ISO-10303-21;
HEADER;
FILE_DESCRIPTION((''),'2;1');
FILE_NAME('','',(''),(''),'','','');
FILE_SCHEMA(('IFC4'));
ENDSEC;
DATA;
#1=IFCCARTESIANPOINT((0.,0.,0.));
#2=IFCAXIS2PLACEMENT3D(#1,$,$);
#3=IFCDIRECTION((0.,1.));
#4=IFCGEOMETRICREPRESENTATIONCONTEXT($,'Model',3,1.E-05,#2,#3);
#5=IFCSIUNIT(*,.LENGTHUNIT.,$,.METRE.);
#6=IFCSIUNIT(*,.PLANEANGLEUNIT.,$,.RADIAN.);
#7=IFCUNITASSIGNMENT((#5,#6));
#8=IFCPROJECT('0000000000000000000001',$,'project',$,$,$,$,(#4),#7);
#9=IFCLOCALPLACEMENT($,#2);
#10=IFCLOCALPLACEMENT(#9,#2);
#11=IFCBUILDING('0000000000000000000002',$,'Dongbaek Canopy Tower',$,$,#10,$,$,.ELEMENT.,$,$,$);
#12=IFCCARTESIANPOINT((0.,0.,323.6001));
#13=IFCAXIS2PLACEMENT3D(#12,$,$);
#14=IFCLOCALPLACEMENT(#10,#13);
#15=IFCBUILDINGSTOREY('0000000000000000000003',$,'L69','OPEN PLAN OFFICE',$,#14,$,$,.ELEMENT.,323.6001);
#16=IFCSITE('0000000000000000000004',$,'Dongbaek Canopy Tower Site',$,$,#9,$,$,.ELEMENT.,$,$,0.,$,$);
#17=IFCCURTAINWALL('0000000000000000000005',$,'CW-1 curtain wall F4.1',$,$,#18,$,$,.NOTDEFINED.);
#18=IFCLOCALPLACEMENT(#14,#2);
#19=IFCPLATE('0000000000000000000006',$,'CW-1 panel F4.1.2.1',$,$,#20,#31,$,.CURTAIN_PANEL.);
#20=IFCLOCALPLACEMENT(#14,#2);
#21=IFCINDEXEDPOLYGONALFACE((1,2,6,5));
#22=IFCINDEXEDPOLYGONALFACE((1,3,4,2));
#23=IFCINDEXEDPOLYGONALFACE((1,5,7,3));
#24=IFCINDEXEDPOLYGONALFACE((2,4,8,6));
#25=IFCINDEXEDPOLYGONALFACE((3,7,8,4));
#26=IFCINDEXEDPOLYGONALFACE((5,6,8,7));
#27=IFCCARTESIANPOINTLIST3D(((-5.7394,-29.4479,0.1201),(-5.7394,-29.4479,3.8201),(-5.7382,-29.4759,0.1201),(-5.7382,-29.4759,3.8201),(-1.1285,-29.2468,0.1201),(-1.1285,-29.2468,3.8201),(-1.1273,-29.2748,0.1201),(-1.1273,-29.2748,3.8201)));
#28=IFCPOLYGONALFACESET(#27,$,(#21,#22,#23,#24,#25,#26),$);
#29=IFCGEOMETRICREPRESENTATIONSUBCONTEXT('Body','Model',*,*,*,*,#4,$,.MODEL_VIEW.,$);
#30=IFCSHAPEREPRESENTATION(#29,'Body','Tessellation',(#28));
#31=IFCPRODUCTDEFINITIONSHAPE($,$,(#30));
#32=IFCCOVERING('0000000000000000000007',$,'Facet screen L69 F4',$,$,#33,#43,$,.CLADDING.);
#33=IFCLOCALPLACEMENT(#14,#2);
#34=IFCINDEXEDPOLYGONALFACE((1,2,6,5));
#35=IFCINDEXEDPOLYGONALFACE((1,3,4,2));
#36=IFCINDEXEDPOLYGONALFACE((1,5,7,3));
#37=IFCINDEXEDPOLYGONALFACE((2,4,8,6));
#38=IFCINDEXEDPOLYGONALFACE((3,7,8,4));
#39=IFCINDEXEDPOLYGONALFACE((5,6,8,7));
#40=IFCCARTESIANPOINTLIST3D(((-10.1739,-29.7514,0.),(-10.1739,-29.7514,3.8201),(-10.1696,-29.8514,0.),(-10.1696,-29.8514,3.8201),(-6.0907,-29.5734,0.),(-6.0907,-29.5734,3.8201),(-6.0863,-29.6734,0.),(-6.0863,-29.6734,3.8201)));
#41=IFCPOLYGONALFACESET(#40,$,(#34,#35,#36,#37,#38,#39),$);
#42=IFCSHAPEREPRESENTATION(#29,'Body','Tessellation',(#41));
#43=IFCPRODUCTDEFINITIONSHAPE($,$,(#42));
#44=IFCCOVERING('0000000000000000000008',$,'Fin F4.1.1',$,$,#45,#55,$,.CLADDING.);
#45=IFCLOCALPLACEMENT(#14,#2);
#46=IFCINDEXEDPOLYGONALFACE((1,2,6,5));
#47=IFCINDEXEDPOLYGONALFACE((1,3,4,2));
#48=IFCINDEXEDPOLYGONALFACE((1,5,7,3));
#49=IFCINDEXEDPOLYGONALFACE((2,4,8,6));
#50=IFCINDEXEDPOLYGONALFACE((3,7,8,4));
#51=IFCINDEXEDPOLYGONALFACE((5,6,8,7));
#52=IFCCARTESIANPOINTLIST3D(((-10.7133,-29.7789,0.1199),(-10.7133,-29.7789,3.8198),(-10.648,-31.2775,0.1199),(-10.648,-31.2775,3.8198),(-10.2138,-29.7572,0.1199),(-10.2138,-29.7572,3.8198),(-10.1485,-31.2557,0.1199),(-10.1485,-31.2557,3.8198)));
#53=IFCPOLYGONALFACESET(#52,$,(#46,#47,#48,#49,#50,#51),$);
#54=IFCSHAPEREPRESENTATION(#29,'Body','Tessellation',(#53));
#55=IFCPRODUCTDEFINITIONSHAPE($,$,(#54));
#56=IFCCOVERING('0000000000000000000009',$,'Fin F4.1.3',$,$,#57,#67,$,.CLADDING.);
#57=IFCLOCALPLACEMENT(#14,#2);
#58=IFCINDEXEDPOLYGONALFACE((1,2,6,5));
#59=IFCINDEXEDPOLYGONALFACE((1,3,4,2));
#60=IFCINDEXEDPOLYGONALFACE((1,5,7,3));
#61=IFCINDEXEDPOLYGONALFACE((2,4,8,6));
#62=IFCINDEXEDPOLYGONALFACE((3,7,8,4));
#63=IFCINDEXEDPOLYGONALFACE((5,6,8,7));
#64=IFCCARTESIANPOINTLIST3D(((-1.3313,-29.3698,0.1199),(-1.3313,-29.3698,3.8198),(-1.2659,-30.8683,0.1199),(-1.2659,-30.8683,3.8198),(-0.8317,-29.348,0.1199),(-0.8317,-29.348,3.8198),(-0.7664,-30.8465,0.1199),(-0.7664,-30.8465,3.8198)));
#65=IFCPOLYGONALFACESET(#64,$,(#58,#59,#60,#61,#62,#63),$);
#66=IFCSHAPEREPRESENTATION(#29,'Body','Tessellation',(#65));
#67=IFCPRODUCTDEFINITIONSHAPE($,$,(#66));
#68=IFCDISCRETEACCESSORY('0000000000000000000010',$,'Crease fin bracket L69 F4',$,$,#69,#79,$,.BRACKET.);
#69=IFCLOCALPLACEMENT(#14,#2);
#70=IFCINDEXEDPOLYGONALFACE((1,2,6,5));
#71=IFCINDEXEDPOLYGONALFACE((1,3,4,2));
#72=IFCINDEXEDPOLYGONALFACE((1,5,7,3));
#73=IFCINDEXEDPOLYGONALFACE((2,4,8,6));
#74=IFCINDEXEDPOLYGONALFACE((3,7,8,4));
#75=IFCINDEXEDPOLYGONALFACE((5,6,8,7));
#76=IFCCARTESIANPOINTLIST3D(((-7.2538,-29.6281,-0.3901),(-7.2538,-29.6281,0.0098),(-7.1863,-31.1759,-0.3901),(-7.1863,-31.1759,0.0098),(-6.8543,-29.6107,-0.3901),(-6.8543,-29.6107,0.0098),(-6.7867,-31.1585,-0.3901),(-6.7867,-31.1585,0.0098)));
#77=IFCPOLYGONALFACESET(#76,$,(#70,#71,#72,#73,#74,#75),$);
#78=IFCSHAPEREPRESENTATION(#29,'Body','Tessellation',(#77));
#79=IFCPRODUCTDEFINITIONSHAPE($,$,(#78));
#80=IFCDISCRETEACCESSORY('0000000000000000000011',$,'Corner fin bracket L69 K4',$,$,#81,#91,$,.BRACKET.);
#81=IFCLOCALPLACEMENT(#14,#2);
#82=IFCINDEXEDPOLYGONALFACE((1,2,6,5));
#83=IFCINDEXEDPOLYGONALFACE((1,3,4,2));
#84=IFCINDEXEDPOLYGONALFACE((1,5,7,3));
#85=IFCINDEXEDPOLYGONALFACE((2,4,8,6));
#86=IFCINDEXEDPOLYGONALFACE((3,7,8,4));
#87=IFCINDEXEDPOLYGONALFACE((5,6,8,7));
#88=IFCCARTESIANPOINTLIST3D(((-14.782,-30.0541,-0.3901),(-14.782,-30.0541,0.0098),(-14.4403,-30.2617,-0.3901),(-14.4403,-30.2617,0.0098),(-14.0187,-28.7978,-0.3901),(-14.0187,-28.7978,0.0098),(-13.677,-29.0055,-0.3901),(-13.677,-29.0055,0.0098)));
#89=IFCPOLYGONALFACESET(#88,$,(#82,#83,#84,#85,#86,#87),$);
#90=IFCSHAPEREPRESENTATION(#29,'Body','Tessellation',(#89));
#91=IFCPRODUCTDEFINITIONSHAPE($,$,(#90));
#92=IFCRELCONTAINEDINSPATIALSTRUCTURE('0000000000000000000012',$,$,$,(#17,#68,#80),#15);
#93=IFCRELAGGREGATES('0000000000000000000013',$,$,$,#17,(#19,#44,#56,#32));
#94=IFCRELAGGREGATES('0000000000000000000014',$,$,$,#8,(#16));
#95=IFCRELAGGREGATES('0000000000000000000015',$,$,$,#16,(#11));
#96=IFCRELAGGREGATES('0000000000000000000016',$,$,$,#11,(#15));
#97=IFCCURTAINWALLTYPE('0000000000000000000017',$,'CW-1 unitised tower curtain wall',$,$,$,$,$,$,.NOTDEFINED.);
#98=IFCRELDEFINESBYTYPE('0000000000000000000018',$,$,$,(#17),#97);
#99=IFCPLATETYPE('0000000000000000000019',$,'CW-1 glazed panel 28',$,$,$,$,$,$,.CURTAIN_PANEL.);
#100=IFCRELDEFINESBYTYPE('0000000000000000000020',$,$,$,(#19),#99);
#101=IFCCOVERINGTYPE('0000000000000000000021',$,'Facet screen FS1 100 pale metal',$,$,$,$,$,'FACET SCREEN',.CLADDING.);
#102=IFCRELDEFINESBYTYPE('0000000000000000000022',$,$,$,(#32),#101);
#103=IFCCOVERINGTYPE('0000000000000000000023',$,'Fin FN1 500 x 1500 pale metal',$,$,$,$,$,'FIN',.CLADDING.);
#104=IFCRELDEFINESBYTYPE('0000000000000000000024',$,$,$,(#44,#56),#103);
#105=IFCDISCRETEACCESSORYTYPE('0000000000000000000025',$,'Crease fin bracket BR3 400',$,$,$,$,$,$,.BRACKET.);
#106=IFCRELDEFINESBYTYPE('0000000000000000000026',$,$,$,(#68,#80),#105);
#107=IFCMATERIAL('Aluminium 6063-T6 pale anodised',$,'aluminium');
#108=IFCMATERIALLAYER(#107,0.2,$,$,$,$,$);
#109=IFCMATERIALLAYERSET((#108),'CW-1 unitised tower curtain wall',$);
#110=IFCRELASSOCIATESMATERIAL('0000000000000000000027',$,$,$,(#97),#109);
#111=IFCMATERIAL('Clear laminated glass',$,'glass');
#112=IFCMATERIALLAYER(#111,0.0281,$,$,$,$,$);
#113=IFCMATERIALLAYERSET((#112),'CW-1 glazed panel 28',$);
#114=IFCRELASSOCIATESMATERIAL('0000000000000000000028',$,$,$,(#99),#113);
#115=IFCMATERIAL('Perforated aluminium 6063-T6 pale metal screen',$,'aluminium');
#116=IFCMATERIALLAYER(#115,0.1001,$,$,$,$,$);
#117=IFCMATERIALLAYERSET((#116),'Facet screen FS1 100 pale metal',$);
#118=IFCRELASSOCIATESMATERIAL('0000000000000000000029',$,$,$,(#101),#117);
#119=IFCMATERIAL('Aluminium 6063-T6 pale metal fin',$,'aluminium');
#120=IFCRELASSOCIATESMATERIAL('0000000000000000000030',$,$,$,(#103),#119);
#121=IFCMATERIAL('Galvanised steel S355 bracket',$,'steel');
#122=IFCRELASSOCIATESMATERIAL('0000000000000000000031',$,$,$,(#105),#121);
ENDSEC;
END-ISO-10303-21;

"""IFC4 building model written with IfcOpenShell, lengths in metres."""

from ifc_helpers import new_model, si_unit, direction, frame, origin, origin_2d, place, context, subcontext, project, spatial, rectangle, extrude, material, layer, layer_set, material_profile, profile_set, type_object, element, aggregate, save


model = new_model("IFC4")

# Units and contexts
model_context = context("Model", 3, precision=1e-05, world=origin(), true_north=direction((0.0, 1.0)))
body_context = subcontext(model_context, "Body", "Model", "MODEL_VIEW")
ifc_project = project(units=[si_unit("LENGTHUNIT", "METRE"), si_unit("PLANEANGLEUNIT", "RADIAN")], contexts=[model_context])

# Site, building, storey
site_placement = place(None, origin())
site = spatial("IfcSite", under=ifc_project, at=site_placement, Name="Dongbaek Canopy Tower Site", CompositionType="ELEMENT", RefElevation=0.0)
building_placement = place(site_placement, origin())
building = spatial("IfcBuilding", under=site, at=building_placement, Name="Dongbaek Canopy Tower", CompositionType="ELEMENT")
storey_placement = place(building_placement, frame((0.0, 0.0, 323.6001)))
storey = spatial("IfcBuildingStorey", under=building, at=storey_placement, Name="L69", Description="OPEN PLAN OFFICE", CompositionType="ELEMENT", Elevation=323.6001)

# Shared definitions
ifc_material_1 = material(Name="Aluminium 6063-T6 pale anodised", Category="aluminium")
ifc_layer_1 = layer(ifc_material_1, 0.2)
ifc_layer_set_1 = layer_set([ifc_layer_1], Name="CW-1 unitised tower curtain wall")
curtain_wall_type = type_object("IfcCurtainWallType", Name="CW-1 unitised tower curtain wall", PredefinedType="NOTDEFINED", material=ifc_layer_set_1)

# Curtain wall
curtain_wall_1_placement = place(storey_placement, origin())
curtain_wall_1 = element("IfcCurtainWall", 1, at=curtain_wall_1_placement, inside=storey, type_object=curtain_wall_type, Name="CW-1 curtain wall F4.1", PredefinedType="NOTDEFINED")

# Plate
ifc_material_2 = material(Name="Clear laminated glass", Category="glass")
ifc_layer_2 = layer(ifc_material_2, 0.0281)
ifc_layer_set_2 = layer_set([ifc_layer_2], Name="CW-1 glazed panel 28")
plate_type = type_object("IfcPlateType", Name="CW-1 glazed panel 28", PredefinedType="CURTAIN_PANEL", material=ifc_layer_set_2)
plate_1_placement = place(storey_placement, frame((-3.4333, -29.3613, 0.1201), z_axis=(0.0, 0.0, 1.0), x_axis=(0.99905, 0.043572, 0.0)))
plate_1 = element("IfcPlate", 2, at=plate_1_placement, type_object=plate_type, Name="CW-1 panel F4.1.2.1", PredefinedType="CURTAIN_PANEL", context=body_context, shape_type="SweptSolid", body=[
    extrude(rectangle(XDim=4.6152, YDim=0.0281, at=origin_2d()), origin(), (0.0, 0.0, 1.0), 3.7),
])

# Coverings
ifc_material_3 = material(Name="Perforated aluminium 6063-T6 pale metal screen", Category="aluminium")
ifc_layer_3 = layer(ifc_material_3, 0.1001)
ifc_layer_set_3 = layer_set([ifc_layer_3], Name="Facet screen FS1 100 pale metal")
covering_type_1 = type_object("IfcCoveringType", Name="Facet screen FS1 100 pale metal", ElementType="FACET SCREEN", PredefinedType="CLADDING", material=ifc_layer_set_3)
covering_1_placement = place(storey_placement, frame((-8.1301, -29.7124, 0.0), z_axis=(0.0, 0.0, 1.0), x_axis=(0.99905, 0.043572, 0.0)))
covering_1 = element("IfcCovering", 3, at=covering_1_placement, type_object=covering_type_1, Name="Facet screen L69 F4", PredefinedType="CLADDING", context=body_context, shape_type="SweptSolid", body=[
    extrude(rectangle(XDim=4.0872, YDim=0.1001, at=origin_2d()), origin(), (0.0, 0.0, 1.0), 3.8201),
])
ifc_material_4 = material(Name="Aluminium 6063-T6 pale metal fin", Category="aluminium")
ifc_material_profile_1 = material_profile(ifc_material_4, rectangle(XDim=1.5, YDim=0.5, at=origin_2d()), Name="Fin FN1 500 x 1500 pale metal")
ifc_profile_set_1 = profile_set([ifc_material_profile_1], Name="Aluminium 6063-T6 pale metal fin")
covering_type_2 = type_object("IfcCoveringType", Name="Fin FN1 500 x 1500 pale metal", ElementType="FIN", PredefinedType="CLADDING", material=ifc_profile_set_1)
covering_2_placement = place(storey_placement, frame((-10.4309, -30.5173, 0.1199), z_axis=(0.0, 0.0, 1.0), x_axis=(0.043572, -0.99905, 0.0)))
covering_2 = element("IfcCovering", 4, at=covering_2_placement, type_object=covering_type_2, Name="Fin F4.1.1", PredefinedType="CLADDING", context=body_context, shape_type="SweptSolid", body=[
    extrude(rectangle(XDim=1.5, YDim=0.5, at=origin_2d()), origin(), (0.0, 0.0, 1.0), 3.7),
])
covering_3_placement = place(storey_placement, frame((-1.0488, -30.1082, 0.1199), z_axis=(0.0, 0.0, 1.0), x_axis=(0.043572, -0.99905, 0.0)))
covering_3 = element("IfcCovering", 5, at=covering_3_placement, type_object=covering_type_2, Name="Fin F4.1.3", PredefinedType="CLADDING", context=body_context, shape_type="SweptSolid", body=[
    extrude(rectangle(XDim=1.5, YDim=0.5, at=origin_2d()), origin(), (0.0, 0.0, 1.0), 3.7),
])
aggregate(curtain_wall_1, [plate_1, covering_2, covering_3, covering_1])

# Discrete accessories
ifc_material_5 = material(Name="Galvanised steel S355 bracket", Category="steel")
discrete_accessory_type = type_object("IfcDiscreteAccessoryType", Name="Crease fin bracket BR3 400", PredefinedType="BRACKET", material=ifc_material_5)
discrete_accessory_1_placement = place(storey_placement, frame((-7.0203, -30.3933, -0.3901), z_axis=(0.0, 0.0, 1.0), x_axis=(0.043572, -0.99905, 0.0)))
element("IfcDiscreteAccessory", 6, at=discrete_accessory_1_placement, inside=storey, type_object=discrete_accessory_type, Name="Crease fin bracket L69 F4", PredefinedType="BRACKET", context=body_context, shape_type="SweptSolid", body=[
    extrude(rectangle(XDim=1.5493, YDim=0.3999, at=origin_2d()), origin(), (0.0, 0.0, 1.0), 0.3999),
])
discrete_accessory_2_placement = place(storey_placement, frame((-14.2295, -29.5298, -0.3901), z_axis=(0.0, 0.0, 1.0), x_axis=(-0.519267, -0.854612, 0.0)))
element("IfcDiscreteAccessory", 7, at=discrete_accessory_2_placement, inside=storey, type_object=discrete_accessory_type, Name="Corner fin bracket L69 K4", PredefinedType="BRACKET", context=body_context, shape_type="SweptSolid", body=[
    extrude(rectangle(XDim=1.47, YDim=0.3999, at=origin_2d()), origin(), (0.0, 0.0, 1.0), 0.3999),
])

save(model, "model.ifc")
